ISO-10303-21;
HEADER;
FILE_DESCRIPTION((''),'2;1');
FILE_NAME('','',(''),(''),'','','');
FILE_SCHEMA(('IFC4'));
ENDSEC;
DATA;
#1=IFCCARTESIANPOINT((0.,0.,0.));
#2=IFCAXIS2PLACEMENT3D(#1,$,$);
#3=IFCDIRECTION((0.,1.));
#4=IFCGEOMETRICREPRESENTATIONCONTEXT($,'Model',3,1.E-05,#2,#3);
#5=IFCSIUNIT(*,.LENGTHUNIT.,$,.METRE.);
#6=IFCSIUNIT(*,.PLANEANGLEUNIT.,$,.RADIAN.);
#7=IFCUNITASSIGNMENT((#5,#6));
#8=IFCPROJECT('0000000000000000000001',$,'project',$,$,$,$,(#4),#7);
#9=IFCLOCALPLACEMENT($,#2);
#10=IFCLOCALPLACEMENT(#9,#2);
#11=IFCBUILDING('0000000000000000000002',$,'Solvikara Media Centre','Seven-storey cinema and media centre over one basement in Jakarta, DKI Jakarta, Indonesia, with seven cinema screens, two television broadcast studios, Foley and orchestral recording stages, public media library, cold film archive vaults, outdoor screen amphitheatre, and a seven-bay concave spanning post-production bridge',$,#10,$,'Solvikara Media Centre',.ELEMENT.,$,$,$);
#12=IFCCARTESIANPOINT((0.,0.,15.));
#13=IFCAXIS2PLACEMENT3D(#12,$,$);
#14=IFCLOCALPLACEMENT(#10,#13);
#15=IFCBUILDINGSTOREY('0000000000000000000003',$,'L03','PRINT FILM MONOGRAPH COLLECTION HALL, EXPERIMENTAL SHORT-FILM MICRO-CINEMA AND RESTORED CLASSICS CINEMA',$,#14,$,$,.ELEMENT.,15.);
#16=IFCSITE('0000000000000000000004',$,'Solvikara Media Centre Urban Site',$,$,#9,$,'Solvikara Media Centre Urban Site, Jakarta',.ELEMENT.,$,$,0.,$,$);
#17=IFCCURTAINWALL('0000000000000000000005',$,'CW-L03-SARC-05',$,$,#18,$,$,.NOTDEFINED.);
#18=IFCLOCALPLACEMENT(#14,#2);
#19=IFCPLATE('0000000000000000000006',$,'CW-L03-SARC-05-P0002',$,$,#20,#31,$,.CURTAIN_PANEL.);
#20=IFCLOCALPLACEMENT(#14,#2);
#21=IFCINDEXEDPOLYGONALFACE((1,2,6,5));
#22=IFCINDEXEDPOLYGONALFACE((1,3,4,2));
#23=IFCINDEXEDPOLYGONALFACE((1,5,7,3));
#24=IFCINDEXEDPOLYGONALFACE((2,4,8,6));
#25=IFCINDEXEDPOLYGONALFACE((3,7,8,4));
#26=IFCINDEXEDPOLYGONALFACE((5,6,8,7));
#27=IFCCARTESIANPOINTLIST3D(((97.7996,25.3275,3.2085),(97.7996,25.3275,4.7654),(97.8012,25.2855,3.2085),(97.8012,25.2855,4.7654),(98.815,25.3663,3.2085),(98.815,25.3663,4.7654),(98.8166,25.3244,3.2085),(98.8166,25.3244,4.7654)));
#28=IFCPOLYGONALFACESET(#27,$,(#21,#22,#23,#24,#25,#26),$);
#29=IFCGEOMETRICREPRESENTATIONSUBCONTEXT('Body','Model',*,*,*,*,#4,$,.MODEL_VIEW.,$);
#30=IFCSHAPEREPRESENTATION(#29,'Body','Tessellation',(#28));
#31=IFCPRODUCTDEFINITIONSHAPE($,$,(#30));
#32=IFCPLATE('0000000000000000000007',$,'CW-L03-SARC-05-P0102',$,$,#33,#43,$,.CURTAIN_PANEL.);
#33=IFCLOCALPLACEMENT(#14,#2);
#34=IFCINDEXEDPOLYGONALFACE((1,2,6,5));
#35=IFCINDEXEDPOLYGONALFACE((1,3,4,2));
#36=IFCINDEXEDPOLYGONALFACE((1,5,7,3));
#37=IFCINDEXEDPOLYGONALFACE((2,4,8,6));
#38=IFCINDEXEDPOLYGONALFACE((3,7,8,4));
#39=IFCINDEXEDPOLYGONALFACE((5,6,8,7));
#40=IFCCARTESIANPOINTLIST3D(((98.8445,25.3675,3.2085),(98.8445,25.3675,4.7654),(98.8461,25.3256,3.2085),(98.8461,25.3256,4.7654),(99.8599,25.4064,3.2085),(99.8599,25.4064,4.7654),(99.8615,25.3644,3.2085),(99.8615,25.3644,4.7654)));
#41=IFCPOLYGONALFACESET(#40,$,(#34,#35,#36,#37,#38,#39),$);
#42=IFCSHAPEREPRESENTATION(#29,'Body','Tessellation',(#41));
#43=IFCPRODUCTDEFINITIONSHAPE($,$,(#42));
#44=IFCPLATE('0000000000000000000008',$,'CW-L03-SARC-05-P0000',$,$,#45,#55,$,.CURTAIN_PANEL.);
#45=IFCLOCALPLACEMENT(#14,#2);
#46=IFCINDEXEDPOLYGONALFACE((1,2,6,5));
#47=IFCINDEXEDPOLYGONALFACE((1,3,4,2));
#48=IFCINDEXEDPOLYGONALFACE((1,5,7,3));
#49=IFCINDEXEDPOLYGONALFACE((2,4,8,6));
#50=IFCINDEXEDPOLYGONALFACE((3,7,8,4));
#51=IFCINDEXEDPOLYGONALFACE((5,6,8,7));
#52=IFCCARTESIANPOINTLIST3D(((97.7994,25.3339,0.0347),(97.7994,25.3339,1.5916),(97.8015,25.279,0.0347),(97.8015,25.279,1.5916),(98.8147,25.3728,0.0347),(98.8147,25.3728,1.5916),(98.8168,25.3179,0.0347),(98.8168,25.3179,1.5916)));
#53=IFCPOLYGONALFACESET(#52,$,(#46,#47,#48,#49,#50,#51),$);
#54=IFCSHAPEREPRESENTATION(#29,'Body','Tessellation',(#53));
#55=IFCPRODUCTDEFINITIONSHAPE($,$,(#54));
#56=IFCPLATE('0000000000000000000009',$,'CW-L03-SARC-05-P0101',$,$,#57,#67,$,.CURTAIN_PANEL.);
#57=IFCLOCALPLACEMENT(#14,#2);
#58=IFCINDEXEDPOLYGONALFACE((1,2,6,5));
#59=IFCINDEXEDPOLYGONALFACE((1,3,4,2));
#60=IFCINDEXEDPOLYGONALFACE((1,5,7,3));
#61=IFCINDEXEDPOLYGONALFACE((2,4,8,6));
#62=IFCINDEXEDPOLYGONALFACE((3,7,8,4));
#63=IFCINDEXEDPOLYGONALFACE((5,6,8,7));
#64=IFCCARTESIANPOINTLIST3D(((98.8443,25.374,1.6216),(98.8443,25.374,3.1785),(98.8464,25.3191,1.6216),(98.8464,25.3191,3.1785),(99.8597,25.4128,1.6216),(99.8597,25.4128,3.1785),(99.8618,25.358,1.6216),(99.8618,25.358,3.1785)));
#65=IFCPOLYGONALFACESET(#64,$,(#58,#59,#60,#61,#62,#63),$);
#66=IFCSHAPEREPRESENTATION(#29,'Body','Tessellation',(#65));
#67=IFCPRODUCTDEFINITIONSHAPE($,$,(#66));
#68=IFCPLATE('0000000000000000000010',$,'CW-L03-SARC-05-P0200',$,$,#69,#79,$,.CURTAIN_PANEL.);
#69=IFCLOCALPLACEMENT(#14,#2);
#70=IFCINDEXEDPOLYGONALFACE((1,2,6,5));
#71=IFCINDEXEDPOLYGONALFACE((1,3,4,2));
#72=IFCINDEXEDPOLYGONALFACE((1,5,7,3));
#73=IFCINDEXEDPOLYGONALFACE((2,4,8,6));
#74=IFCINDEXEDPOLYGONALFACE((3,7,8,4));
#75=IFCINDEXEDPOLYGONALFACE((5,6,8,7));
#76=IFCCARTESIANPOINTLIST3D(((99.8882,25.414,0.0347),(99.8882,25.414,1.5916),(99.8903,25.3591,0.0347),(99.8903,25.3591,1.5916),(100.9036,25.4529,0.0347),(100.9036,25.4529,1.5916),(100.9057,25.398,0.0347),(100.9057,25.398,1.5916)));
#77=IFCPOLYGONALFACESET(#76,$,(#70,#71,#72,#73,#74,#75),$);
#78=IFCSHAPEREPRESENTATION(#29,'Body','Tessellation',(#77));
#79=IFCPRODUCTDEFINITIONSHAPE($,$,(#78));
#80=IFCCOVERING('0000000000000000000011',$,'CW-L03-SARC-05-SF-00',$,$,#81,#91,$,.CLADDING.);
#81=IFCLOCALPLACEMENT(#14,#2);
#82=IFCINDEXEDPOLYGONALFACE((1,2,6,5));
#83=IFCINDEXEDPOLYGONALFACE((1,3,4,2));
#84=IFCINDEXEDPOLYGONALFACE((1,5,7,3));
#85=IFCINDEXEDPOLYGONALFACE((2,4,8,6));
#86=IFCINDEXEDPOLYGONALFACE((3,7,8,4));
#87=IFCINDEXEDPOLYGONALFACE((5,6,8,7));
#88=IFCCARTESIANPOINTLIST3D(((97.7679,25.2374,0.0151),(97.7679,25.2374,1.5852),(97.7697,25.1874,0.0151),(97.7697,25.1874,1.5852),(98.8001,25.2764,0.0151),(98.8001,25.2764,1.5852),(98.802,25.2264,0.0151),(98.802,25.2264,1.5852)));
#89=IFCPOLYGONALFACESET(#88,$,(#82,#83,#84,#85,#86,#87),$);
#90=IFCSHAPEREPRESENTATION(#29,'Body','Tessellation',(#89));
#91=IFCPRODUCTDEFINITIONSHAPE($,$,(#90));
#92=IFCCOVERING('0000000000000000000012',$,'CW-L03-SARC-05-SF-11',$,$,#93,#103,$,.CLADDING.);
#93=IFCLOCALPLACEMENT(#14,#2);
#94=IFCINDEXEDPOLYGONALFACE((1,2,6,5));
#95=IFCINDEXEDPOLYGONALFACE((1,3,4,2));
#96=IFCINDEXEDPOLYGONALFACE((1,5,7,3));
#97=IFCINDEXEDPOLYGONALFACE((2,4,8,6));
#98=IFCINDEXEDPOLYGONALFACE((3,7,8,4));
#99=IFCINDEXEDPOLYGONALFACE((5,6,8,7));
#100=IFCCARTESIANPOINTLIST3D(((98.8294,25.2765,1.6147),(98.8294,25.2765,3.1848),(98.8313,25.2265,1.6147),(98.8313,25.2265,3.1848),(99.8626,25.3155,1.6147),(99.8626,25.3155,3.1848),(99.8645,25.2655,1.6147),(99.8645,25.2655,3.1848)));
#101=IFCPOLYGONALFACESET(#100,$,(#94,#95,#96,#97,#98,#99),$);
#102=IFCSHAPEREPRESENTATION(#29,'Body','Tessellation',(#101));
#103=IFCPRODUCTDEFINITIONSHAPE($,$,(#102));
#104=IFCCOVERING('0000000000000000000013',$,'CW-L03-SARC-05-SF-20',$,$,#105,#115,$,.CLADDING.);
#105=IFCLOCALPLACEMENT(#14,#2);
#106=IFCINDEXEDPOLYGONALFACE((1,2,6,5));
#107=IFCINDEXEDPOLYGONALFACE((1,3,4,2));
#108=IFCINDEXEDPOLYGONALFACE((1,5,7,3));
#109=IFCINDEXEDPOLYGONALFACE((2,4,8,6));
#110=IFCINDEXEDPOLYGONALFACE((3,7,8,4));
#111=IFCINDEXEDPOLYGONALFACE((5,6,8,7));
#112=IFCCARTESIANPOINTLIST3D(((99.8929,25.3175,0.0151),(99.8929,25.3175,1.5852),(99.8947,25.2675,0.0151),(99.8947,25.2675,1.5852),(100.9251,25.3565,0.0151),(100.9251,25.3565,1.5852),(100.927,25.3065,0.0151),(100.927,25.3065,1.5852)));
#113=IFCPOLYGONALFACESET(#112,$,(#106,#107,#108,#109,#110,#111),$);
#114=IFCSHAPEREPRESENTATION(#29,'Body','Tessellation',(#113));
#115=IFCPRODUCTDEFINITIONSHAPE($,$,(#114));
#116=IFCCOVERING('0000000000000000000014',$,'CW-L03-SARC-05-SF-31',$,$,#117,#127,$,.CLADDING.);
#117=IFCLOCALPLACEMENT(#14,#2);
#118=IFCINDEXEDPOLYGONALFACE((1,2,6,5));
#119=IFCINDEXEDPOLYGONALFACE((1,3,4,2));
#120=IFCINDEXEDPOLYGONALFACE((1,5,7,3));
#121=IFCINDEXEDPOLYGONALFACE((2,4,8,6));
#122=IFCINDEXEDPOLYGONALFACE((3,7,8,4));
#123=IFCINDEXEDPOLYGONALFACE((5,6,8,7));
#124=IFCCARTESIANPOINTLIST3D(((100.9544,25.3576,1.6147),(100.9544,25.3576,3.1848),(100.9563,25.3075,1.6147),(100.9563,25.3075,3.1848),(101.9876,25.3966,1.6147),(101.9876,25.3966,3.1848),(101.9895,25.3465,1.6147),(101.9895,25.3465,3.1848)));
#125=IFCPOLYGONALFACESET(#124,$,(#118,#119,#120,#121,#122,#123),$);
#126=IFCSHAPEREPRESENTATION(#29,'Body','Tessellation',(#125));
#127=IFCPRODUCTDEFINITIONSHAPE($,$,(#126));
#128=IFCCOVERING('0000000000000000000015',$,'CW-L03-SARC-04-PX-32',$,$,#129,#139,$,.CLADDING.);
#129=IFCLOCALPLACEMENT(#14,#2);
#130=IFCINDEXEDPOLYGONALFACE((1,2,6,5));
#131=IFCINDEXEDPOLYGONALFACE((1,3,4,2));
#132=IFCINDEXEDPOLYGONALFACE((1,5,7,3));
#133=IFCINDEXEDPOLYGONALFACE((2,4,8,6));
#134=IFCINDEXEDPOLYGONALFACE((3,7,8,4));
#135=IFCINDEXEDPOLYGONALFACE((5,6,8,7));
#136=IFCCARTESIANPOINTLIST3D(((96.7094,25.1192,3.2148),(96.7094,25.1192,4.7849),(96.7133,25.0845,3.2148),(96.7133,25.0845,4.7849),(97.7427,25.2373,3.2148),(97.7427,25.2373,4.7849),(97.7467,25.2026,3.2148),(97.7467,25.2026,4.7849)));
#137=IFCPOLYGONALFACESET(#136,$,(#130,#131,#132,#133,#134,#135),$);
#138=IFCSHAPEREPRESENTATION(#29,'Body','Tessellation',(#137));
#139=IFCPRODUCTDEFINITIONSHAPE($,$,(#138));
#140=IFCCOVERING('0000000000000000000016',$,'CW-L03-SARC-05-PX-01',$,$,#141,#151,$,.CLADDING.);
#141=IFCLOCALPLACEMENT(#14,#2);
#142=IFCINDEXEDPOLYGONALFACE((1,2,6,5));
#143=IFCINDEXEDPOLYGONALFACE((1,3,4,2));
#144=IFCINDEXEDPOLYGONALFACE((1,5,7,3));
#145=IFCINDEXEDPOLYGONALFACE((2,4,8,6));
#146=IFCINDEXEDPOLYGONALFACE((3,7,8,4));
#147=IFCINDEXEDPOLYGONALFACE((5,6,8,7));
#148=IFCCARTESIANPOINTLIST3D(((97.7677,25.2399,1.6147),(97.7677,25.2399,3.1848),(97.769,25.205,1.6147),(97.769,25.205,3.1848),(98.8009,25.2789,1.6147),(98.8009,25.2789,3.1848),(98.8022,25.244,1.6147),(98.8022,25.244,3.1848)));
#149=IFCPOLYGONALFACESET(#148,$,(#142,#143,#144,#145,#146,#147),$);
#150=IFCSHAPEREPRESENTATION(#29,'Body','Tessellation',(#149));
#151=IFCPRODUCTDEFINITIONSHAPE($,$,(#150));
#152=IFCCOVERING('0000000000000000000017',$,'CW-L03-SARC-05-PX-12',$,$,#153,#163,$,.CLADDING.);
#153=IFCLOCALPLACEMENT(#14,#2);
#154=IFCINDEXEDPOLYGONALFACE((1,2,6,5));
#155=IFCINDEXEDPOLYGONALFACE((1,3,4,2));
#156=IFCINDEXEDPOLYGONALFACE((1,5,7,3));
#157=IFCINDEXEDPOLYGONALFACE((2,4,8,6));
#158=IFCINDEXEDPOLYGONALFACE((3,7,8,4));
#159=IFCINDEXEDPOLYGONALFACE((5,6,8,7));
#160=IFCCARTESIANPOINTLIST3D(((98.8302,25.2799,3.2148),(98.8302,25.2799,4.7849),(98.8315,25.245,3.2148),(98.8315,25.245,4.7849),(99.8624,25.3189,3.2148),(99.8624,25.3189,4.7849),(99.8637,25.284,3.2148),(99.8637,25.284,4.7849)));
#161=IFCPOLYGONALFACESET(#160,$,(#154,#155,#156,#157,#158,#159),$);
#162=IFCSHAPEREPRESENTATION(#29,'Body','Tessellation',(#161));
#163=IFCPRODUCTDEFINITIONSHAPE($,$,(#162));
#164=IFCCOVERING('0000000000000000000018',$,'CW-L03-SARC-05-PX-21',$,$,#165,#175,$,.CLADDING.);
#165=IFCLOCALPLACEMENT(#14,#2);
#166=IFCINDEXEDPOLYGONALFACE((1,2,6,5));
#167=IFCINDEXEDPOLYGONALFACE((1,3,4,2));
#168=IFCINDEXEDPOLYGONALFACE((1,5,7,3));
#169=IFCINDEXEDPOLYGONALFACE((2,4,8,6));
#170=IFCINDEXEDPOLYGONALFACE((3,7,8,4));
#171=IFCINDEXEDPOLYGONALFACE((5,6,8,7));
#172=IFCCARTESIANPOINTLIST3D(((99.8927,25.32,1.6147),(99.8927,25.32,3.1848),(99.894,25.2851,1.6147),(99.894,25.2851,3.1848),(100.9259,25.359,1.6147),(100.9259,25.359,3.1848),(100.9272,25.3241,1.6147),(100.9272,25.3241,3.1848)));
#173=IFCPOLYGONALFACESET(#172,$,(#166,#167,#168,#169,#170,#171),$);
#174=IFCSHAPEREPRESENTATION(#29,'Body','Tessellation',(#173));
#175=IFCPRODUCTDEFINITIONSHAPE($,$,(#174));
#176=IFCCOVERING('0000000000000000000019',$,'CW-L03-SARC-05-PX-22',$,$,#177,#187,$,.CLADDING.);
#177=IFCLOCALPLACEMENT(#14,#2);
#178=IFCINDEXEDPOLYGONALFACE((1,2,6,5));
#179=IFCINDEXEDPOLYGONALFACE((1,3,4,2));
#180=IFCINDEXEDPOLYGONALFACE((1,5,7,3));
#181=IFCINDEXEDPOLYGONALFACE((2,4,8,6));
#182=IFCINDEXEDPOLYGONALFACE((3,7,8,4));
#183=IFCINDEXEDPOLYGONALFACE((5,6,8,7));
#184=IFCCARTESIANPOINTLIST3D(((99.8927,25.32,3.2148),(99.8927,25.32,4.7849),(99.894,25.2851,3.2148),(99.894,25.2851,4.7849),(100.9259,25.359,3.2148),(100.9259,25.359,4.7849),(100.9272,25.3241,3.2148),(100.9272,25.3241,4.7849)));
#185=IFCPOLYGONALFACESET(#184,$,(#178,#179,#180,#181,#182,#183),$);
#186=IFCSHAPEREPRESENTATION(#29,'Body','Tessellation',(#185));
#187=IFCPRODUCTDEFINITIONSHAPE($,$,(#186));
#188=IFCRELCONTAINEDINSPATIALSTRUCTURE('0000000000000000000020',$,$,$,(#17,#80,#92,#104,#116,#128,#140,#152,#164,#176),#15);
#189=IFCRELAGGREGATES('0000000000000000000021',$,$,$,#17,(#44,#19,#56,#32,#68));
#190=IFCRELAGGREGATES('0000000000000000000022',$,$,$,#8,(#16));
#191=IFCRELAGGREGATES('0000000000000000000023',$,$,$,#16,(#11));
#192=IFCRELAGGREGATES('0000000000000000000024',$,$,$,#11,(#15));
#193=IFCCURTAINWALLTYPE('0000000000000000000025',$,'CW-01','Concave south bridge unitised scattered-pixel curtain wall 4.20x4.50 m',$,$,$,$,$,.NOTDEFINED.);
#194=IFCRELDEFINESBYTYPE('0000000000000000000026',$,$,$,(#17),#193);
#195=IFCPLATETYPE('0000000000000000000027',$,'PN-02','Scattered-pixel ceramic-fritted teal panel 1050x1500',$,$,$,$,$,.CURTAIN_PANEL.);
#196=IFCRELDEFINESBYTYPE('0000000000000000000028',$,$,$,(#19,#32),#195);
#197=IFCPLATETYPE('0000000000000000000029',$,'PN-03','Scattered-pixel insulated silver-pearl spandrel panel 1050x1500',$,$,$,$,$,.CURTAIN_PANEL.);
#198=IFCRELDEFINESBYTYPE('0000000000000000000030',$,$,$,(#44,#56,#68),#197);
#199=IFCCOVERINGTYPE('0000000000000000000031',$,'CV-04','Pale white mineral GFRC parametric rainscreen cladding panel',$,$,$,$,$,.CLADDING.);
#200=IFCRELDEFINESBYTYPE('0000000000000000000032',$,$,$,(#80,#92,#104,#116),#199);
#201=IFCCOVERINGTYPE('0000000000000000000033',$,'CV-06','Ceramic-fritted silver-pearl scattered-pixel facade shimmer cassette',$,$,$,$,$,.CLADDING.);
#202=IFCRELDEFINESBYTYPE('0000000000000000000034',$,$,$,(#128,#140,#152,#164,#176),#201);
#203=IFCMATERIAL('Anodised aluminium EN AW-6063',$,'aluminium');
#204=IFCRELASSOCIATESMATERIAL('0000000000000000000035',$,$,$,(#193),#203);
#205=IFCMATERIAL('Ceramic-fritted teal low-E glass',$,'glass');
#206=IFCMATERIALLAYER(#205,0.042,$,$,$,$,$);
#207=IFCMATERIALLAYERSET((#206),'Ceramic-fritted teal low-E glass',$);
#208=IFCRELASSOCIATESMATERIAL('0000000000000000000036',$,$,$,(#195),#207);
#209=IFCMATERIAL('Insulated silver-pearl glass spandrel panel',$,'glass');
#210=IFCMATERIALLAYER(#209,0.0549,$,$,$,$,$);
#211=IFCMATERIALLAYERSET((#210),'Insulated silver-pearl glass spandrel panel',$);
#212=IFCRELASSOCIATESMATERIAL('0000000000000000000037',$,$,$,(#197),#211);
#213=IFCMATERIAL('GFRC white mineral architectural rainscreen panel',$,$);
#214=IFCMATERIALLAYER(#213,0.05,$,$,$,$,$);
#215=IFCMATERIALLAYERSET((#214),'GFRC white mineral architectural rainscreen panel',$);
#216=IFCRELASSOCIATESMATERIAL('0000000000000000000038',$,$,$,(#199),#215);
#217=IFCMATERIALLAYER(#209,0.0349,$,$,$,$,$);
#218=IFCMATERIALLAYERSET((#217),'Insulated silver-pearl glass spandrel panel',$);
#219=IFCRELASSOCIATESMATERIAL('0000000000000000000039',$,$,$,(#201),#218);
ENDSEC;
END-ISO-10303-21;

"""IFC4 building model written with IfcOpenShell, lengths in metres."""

from ifc_helpers import new_model, si_unit, direction, frame, origin, origin_2d, place, context, subcontext, project, spatial, rectangle, extrude, material, layer, layer_set, type_object, element, aggregate, save


model = new_model("IFC4")

# Units and contexts
model_context = context("Model", 3, precision=1e-05, world=origin(), true_north=direction((0.0, 1.0)))
body_context = subcontext(model_context, "Body", "Model", "MODEL_VIEW")
ifc_project = project(units=[si_unit("LENGTHUNIT", "METRE"), si_unit("PLANEANGLEUNIT", "RADIAN")], contexts=[model_context])

# Site, building, storey
site_placement = place(None, origin())
site = spatial("IfcSite", under=ifc_project, at=site_placement, Name="Solvikara Media Centre Urban Site", LongName="Solvikara Media Centre Urban Site, Jakarta", CompositionType="ELEMENT", RefElevation=0.0)
building_placement = place(site_placement, origin())
building = spatial("IfcBuilding", under=site, at=building_placement, Name="Solvikara Media Centre", Description="Seven-storey cinema and media centre over one basement in Jakarta, DKI Jakarta, Indonesia, with seven cinema screens, two television broadcast studios, Foley and orchestral recording stages, public media library, cold film archive vaults, outdoor screen amphitheatre, and a seven-bay concave spanning post-production bridge", LongName="Solvikara Media Centre", CompositionType="ELEMENT")
storey_placement = place(building_placement, frame((0.0, 0.0, 15.0)))
storey = spatial("IfcBuildingStorey", under=building, at=storey_placement, Name="L03", Description="PRINT FILM MONOGRAPH COLLECTION HALL, EXPERIMENTAL SHORT-FILM MICRO-CINEMA AND RESTORED CLASSICS CINEMA", CompositionType="ELEMENT", Elevation=15.0)

# Shared definitions
ifc_material_1 = material(Name="Anodised aluminium EN AW-6063", Category="aluminium")
curtain_wall_type = type_object("IfcCurtainWallType", Name="CW-01", Description="Concave south bridge unitised scattered-pixel curtain wall 4.20x4.50 m", PredefinedType="NOTDEFINED", material=ifc_material_1)

# Curtain wall
curtain_wall_1_placement = place(storey_placement, origin())
curtain_wall_1 = element("IfcCurtainWall", 1, at=curtain_wall_1_placement, inside=storey, type_object=curtain_wall_type, Name="CW-L03-SARC-05", PredefinedType="NOTDEFINED")

# Plates
ifc_material_2 = material(Name="Ceramic-fritted teal low-E glass", Category="glass")
ifc_layer_1 = layer(ifc_material_2, 0.042)
ifc_layer_set_1 = layer_set([ifc_layer_1], Name="Ceramic-fritted teal low-E glass")
plate_type_1 = type_object("IfcPlateType", Name="PN-02", Description="Scattered-pixel ceramic-fritted teal panel 1050x1500", PredefinedType="CURTAIN_PANEL", material=ifc_layer_set_1)
plate_1_placement = place(storey_placement, frame((98.3081, 25.3259, 3.2085), z_axis=(0.0, 0.0, 1.0), x_axis=(0.999268, 0.038248, 0.0)))
plate_1 = element("IfcPlate", 2, at=plate_1_placement, type_object=plate_type_1, Name="CW-L03-SARC-05-P0002", PredefinedType="CURTAIN_PANEL", context=body_context, shape_type="SweptSolid", body=[
    extrude(rectangle(XDim=1.0161, YDim=0.042, at=origin_2d()), origin(), (0.0, 0.0, 1.0), 1.5569),
])
plate_2_placement = place(storey_placement, frame((99.353, 25.366, 3.2085), z_axis=(0.0, 0.0, 1.0), x_axis=(0.999268, 0.038248, 0.0)))
plate_2 = element("IfcPlate", 3, at=plate_2_placement, type_object=plate_type_1, Name="CW-L03-SARC-05-P0102", PredefinedType="CURTAIN_PANEL", context=body_context, shape_type="SweptSolid", body=[
    extrude(rectangle(XDim=1.0161, YDim=0.042, at=origin_2d()), origin(), (0.0, 0.0, 1.0), 1.5569),
])
ifc_material_3 = material(Name="Insulated silver-pearl glass spandrel panel", Category="glass")
ifc_layer_2 = layer(ifc_material_3, 0.0549)
ifc_layer_set_2 = layer_set([ifc_layer_2], Name="Insulated silver-pearl glass spandrel panel")
plate_type_2 = type_object("IfcPlateType", Name="PN-03", Description="Scattered-pixel insulated silver-pearl spandrel panel 1050x1500", PredefinedType="CURTAIN_PANEL", material=ifc_layer_set_2)
plate_3_placement = place(storey_placement, frame((98.3081, 25.3259, 0.0347), z_axis=(0.0, 0.0, 1.0), x_axis=(0.999268, 0.038248, 0.0)))
plate_3 = element("IfcPlate", 4, at=plate_3_placement, type_object=plate_type_2, Name="CW-L03-SARC-05-P0000", PredefinedType="CURTAIN_PANEL", context=body_context, shape_type="SweptSolid", body=[
    extrude(rectangle(XDim=1.0161, YDim=0.0549, at=origin_2d()), origin(), (0.0, 0.0, 1.0), 1.5569),
])
plate_4_placement = place(storey_placement, frame((99.353, 25.366, 1.6216), z_axis=(0.0, 0.0, 1.0), x_axis=(0.999268, 0.038248, 0.0)))
plate_4 = element("IfcPlate", 5, at=plate_4_placement, type_object=plate_type_2, Name="CW-L03-SARC-05-P0101", PredefinedType="CURTAIN_PANEL", context=body_context, shape_type="SweptSolid", body=[
    extrude(rectangle(XDim=1.0161, YDim=0.0549, at=origin_2d()), origin(), (0.0, 0.0, 1.0), 1.5569),
])
plate_5_placement = place(storey_placement, frame((100.397, 25.406, 0.0347), z_axis=(0.0, 0.0, 1.0), x_axis=(0.999268, 0.038248, 0.0)))
plate_5 = element("IfcPlate", 6, at=plate_5_placement, type_object=plate_type_2, Name="CW-L03-SARC-05-P0200", PredefinedType="CURTAIN_PANEL", context=body_context, shape_type="SweptSolid", body=[
    extrude(rectangle(XDim=1.0161, YDim=0.0549, at=origin_2d()), origin(), (0.0, 0.0, 1.0), 1.5569),
])
aggregate(curtain_wall_1, [plate_3, plate_1, plate_4, plate_2, plate_5])

# Coverings
ifc_material_4 = material(Name="GFRC white mineral architectural rainscreen panel")
ifc_layer_3 = layer(ifc_material_4, 0.05)
ifc_layer_set_3 = layer_set([ifc_layer_3], Name="GFRC white mineral architectural rainscreen panel")
covering_type_1 = type_object("IfcCoveringType", Name="CV-04", Description="Pale white mineral GFRC parametric rainscreen cladding panel", PredefinedType="CLADDING", material=ifc_layer_set_3)
covering_1_placement = place(storey_placement, frame((98.2849, 25.2319, 0.0151), z_axis=(0.0, 0.0, 1.0), x_axis=(0.999287, 0.03776, 0.0)))
element("IfcCovering", 7, at=covering_1_placement, inside=storey, type_object=covering_type_1, Name="CW-L03-SARC-05-SF-00", PredefinedType="CLADDING", context=body_context, shape_type="SweptSolid", body=[
    extrude(rectangle(XDim=1.033, YDim=0.05, at=origin_2d()), origin(), (0.0, 0.0, 1.0), 1.5701),
])
covering_2_placement = place(storey_placement, frame((99.3469, 25.271, 1.6147), z_axis=(0.0, 0.0, 1.0), x_axis=(0.999288, 0.037725, 0.0)))
element("IfcCovering", 8, at=covering_2_placement, inside=storey, type_object=covering_type_1, Name="CW-L03-SARC-05-SF-11", PredefinedType="CLADDING", context=body_context, shape_type="SweptSolid", body=[
    extrude(rectangle(XDim=1.0339, YDim=0.05, at=origin_2d()), origin(), (0.0, 0.0, 1.0), 1.5701),
])
covering_3_placement = place(storey_placement, frame((100.4099, 25.312, 0.0151), z_axis=(0.0, 0.0, 1.0), x_axis=(0.999287, 0.03776, 0.0)))
element("IfcCovering", 9, at=covering_3_placement, inside=storey, type_object=covering_type_1, Name="CW-L03-SARC-05-SF-20", PredefinedType="CLADDING", context=body_context, shape_type="SweptSolid", body=[
    extrude(rectangle(XDim=1.033, YDim=0.05, at=origin_2d()), origin(), (0.0, 0.0, 1.0), 1.5701),
])
covering_4_placement = place(storey_placement, frame((101.4719, 25.3521, 1.6147), z_axis=(0.0, 0.0, 1.0), x_axis=(0.999288, 0.037725, 0.0)))
element("IfcCovering", 10, at=covering_4_placement, inside=storey, type_object=covering_type_1, Name="CW-L03-SARC-05-SF-31", PredefinedType="CLADDING", context=body_context, shape_type="SweptSolid", body=[
    extrude(rectangle(XDim=1.0339, YDim=0.05, at=origin_2d()), origin(), (0.0, 0.0, 1.0), 1.5701),
])
ifc_layer_4 = layer(ifc_material_3, 0.0349)
ifc_layer_set_4 = layer_set([ifc_layer_4], Name="Insulated silver-pearl glass spandrel panel")
covering_type_2 = type_object("IfcCoveringType", Name="CV-06", Description="Ceramic-fritted silver-pearl scattered-pixel facade shimmer cassette", PredefinedType="CLADDING", material=ifc_layer_set_4)
covering_5_placement = place(storey_placement, frame((97.228, 25.1609, 3.2148), z_axis=(0.0, 0.0, 1.0), x_axis=(0.993538, 0.113498, 0.0)))
element("IfcCovering", 11, at=covering_5_placement, inside=storey, type_object=covering_type_2, Name="CW-L03-SARC-04-PX-32", PredefinedType="CLADDING", context=body_context, shape_type="SweptSolid", body=[
    extrude(rectangle(XDim=1.04, YDim=0.0349, at=origin_2d()), origin(), (0.0, 0.0, 1.0), 1.5701),
])
covering_6_placement = place(storey_placement, frame((98.2849, 25.2419, 1.6147), z_axis=(0.0, 0.0, 1.0), x_axis=(0.999288, 0.037725, 0.0)))
element("IfcCovering", 12, at=covering_6_placement, inside=storey, type_object=covering_type_2, Name="CW-L03-SARC-05-PX-01", PredefinedType="CLADDING", context=body_context, shape_type="SweptSolid", body=[
    extrude(rectangle(XDim=1.0339, YDim=0.0349, at=origin_2d()), origin(), (0.0, 0.0, 1.0), 1.5701),
])
covering_7_placement = place(storey_placement, frame((99.3469, 25.282, 3.2148), z_axis=(0.0, 0.0, 1.0), x_axis=(0.999287, 0.03776, 0.0)))
element("IfcCovering", 13, at=covering_7_placement, inside=storey, type_object=covering_type_2, Name="CW-L03-SARC-05-PX-12", PredefinedType="CLADDING", context=body_context, shape_type="SweptSolid", body=[
    extrude(rectangle(XDim=1.033, YDim=0.0349, at=origin_2d()), origin(), (0.0, 0.0, 1.0), 1.5701),
])
for number, where, z_axis, x_axis, name in (
    (14, (100.4099, 25.322, 1.6147), (0.0, 0.0, 1.0), (0.999288, 0.037725, 0.0), "CW-L03-SARC-05-PX-21"),
    (15, (100.4099, 25.322, 3.2148), (0.0, 0.0, 1.0), (0.999288, 0.037725, 0.0), "CW-L03-SARC-05-PX-22"),
):
    element("IfcCovering", number, at=place(storey_placement, frame(where, z_axis=z_axis, x_axis=x_axis)), inside=storey, type_object=covering_type_2, Name=name, PredefinedType="CLADDING", context=body_context, shape_type="SweptSolid", body=[
        extrude(rectangle(XDim=1.0339, YDim=0.0349, at=origin_2d()), origin(), (0.0, 0.0, 1.0), 1.5701),
    ])

save(model, "model.ifc")
